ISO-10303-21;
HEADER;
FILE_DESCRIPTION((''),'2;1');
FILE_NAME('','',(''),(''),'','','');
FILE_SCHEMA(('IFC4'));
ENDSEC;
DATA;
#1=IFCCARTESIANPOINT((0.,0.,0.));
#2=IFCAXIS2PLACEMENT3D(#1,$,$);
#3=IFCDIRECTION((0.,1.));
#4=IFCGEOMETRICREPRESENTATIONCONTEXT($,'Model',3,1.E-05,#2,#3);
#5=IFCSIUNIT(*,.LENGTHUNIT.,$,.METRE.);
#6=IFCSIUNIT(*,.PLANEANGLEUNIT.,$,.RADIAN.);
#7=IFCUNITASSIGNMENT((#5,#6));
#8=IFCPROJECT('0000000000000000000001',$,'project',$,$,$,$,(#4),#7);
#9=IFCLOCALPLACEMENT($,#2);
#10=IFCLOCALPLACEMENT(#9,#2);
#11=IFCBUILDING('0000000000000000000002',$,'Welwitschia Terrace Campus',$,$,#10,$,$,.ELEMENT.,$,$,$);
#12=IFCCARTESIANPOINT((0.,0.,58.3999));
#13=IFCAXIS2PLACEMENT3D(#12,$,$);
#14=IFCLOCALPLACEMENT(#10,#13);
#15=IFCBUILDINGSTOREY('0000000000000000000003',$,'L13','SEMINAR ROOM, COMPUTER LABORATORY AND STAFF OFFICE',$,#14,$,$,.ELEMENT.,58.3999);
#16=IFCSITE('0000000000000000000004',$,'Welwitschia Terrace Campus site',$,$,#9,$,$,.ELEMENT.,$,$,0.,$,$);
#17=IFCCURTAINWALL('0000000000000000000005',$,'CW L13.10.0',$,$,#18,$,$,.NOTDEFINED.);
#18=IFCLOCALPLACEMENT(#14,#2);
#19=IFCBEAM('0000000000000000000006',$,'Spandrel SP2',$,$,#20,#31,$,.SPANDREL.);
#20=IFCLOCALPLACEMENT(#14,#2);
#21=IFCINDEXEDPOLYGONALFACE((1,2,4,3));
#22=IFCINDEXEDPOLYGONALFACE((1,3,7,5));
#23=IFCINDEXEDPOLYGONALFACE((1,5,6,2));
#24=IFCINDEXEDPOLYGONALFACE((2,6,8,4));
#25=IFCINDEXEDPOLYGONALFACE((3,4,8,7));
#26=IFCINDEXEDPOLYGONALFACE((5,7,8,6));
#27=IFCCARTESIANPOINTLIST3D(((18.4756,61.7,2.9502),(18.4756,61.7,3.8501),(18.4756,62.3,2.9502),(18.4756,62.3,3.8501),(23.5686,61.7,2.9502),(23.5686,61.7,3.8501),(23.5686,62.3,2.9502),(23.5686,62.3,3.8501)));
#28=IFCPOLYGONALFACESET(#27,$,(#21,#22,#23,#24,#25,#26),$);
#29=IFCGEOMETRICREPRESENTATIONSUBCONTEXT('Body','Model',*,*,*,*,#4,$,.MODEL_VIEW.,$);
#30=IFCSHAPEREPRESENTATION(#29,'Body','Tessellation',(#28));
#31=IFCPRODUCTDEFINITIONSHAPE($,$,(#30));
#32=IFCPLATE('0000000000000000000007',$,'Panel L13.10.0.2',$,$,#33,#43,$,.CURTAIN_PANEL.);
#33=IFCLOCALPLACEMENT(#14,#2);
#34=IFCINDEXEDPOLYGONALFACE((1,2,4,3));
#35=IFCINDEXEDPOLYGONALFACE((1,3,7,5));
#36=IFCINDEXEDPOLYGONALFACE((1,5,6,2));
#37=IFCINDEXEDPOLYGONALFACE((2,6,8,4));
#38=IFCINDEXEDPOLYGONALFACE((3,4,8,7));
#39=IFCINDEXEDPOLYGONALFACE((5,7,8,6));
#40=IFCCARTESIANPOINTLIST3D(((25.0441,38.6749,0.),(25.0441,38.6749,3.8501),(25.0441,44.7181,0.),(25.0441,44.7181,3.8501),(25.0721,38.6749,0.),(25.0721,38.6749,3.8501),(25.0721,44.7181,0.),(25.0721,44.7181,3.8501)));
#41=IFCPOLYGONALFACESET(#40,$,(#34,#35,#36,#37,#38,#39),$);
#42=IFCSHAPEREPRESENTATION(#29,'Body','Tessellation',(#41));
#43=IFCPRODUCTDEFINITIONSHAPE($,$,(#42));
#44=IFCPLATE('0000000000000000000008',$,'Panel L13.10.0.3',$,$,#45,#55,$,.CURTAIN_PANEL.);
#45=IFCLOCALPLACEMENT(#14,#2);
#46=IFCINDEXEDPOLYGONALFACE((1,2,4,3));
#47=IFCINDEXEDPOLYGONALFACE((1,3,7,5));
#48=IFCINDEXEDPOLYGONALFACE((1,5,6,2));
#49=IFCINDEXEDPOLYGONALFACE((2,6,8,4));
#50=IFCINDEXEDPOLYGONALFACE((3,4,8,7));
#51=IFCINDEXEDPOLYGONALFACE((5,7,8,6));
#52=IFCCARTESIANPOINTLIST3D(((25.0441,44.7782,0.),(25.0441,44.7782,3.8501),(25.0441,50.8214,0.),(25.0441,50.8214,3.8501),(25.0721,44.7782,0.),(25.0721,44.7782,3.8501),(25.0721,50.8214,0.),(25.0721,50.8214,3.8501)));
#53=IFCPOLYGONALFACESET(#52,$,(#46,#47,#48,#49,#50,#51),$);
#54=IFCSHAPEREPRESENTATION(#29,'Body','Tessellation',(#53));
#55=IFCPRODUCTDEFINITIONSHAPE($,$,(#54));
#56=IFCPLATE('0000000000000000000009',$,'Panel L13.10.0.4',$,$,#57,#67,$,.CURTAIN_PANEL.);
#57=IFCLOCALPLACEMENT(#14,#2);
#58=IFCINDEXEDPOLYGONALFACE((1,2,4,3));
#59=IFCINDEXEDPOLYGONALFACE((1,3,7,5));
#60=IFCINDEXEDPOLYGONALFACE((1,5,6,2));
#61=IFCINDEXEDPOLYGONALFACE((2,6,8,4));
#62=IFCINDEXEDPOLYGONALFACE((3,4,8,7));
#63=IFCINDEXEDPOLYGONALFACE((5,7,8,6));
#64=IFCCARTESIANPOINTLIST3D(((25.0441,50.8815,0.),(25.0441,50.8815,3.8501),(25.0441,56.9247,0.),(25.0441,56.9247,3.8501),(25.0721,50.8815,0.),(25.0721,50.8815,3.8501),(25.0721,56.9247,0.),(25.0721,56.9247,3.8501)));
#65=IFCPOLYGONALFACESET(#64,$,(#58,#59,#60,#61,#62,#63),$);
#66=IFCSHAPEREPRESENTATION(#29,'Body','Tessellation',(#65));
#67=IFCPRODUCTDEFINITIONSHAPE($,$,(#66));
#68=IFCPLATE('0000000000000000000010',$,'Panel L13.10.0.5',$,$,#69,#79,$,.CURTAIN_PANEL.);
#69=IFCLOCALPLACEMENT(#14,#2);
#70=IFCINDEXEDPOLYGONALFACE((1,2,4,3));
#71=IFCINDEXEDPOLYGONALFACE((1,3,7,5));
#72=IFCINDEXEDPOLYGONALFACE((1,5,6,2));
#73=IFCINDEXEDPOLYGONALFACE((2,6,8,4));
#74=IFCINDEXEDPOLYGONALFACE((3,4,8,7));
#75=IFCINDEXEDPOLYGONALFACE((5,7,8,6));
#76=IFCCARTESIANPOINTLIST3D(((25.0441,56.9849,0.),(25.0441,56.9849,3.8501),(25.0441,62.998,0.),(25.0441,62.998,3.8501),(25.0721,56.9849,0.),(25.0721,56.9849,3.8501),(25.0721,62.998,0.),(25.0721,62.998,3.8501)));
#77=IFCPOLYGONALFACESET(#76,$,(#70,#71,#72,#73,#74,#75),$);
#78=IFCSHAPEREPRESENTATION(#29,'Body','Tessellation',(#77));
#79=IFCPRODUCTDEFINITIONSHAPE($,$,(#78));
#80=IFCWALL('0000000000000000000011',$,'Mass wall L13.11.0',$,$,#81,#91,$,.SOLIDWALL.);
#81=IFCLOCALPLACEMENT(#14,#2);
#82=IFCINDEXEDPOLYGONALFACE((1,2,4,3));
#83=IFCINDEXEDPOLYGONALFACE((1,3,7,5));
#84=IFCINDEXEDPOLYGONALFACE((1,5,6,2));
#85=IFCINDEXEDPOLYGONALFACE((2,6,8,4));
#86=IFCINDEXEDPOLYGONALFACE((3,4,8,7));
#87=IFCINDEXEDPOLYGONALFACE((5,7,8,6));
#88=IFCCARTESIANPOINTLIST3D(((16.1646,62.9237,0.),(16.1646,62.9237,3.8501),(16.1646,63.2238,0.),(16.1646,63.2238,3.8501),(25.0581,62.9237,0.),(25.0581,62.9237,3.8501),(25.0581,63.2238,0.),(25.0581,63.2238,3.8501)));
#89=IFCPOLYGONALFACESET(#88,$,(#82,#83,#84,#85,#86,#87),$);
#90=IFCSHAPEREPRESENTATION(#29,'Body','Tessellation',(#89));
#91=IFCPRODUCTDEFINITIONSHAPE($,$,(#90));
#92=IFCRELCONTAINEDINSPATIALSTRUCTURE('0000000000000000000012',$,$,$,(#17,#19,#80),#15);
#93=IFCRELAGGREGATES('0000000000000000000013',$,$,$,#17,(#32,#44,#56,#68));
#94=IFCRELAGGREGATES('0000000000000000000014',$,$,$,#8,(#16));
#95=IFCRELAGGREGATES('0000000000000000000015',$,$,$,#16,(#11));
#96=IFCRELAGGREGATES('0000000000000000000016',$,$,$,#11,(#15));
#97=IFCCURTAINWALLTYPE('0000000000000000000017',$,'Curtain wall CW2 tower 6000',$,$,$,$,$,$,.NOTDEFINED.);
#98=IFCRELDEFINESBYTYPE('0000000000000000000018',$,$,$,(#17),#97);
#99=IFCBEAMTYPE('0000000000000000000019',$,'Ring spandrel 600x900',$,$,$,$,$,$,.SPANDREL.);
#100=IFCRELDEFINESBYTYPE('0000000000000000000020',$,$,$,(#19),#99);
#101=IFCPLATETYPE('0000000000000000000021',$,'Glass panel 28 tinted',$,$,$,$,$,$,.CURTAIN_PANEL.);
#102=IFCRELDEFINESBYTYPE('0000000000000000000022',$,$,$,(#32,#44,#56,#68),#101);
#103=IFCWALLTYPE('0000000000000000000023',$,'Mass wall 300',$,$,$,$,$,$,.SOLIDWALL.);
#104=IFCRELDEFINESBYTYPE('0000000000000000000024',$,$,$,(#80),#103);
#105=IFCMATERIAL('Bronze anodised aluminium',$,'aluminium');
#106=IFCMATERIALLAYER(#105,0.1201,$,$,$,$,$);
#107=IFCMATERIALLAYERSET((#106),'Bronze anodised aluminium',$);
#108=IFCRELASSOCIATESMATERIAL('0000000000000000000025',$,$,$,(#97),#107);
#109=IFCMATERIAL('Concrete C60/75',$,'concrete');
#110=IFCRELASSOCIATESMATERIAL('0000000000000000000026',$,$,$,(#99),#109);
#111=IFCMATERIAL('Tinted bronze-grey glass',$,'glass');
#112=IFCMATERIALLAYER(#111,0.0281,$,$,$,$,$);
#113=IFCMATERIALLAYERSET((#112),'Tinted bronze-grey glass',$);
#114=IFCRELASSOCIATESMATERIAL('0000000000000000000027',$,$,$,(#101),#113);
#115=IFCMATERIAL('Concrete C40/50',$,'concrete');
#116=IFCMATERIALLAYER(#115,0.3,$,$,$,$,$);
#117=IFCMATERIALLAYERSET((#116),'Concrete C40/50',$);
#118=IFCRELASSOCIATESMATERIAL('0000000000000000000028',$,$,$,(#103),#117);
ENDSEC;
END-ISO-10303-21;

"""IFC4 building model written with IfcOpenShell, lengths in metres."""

from ifc_helpers import new_model, si_unit, direction, frame, frame_2d, origin, origin_2d, place, context, subcontext, project, spatial, rectangle, extrude, material, layer, layer_set, material_profile, profile_set, type_object, element, aggregate, save


model = new_model("IFC4")

# Units and contexts
model_context = context("Model", 3, precision=1e-05, world=origin(), true_north=direction((0.0, 1.0)))
body_context = subcontext(model_context, "Body", "Model", "MODEL_VIEW")
ifc_project = project(units=[si_unit("LENGTHUNIT", "METRE"), si_unit("PLANEANGLEUNIT", "RADIAN")], contexts=[model_context])

# Site, building, storey
site_placement = place(None, origin())
site = spatial("IfcSite", under=ifc_project, at=site_placement, Name="Welwitschia Terrace Campus site", CompositionType="ELEMENT", RefElevation=0.0)
building_placement = place(site_placement, origin())
building = spatial("IfcBuilding", under=site, at=building_placement, Name="Welwitschia Terrace Campus", CompositionType="ELEMENT")
storey_placement = place(building_placement, frame((0.0, 0.0, 58.3999)))
storey = spatial("IfcBuildingStorey", under=building, at=storey_placement, Name="L13", Description="SEMINAR ROOM, COMPUTER LABORATORY AND STAFF OFFICE", CompositionType="ELEMENT", Elevation=58.3999)

# Curtain wall
ifc_material_1 = material(Name="Bronze anodised aluminium", Category="aluminium")
ifc_layer_1 = layer(ifc_material_1, 0.1201)
ifc_layer_set_1 = layer_set([ifc_layer_1], Name="Bronze anodised aluminium")
curtain_wall_type = type_object("IfcCurtainWallType", Name="Curtain wall CW2 tower 6000", PredefinedType="NOTDEFINED", material=ifc_layer_set_1)
curtain_wall_placement = place(storey_placement, origin())
curtain_wall = element("IfcCurtainWall", 1, at=curtain_wall_placement, inside=storey, type_object=curtain_wall_type, Name="CW L13.10.0", PredefinedType="NOTDEFINED")

# Beam
ifc_material_2 = material(Name="Concrete C60/75", Category="concrete")
ifc_material_profile_1 = material_profile(ifc_material_2, rectangle(XDim=0.6001, YDim=0.8999, at=origin_2d()))
ifc_profile_set_1 = profile_set([ifc_material_profile_1], Name="Concrete C60/75")
beam_type_1 = type_object("IfcBeamType", Name="Ring spandrel 600x900", PredefinedType="SPANDREL", material=ifc_profile_set_1)
for number, where, z_axis, x_axis, name in (
    (2, (23.5686, 62.0, 3.4001), (-1.0, 0.0, 0.0), (0.0, -1.0, 0.0), "Spandrel SP2"),
):
    element("IfcBeam", number, at=place(storey_placement, frame(where, z_axis=z_axis, x_axis=x_axis)), inside=storey, type_object=beam_type_1, Name=name, PredefinedType="SPANDREL", context=body_context, shape_type="SweptSolid", body=[
        extrude(rectangle(XDim=0.6001, YDim=0.8999, at=origin_2d()), origin(), (0.0, 0.0, 1.0), 5.093),
    ])

# Plates
ifc_material_3 = material(Name="Tinted bronze-grey glass", Category="glass")
ifc_layer_2 = layer(ifc_material_3, 0.0281)
ifc_layer_set_2 = layer_set([ifc_layer_2], Name="Tinted bronze-grey glass")
plate_type = type_object("IfcPlateType", Name="Glass panel 28 tinted", PredefinedType="CURTAIN_PANEL", material=ifc_layer_set_2)
plate_1_placement = place(storey_placement, frame((25.0581, 41.6965, 0.0), z_axis=(0.0, 0.0, 1.0), x_axis=(0.0, 1.0, 0.0)))
plate_1 = element("IfcPlate", 3, at=plate_1_placement, type_object=plate_type, Name="Panel L13.10.0.2", PredefinedType="CURTAIN_PANEL", context=body_context, shape_type="SweptSolid", body=[
    extrude(rectangle(XDim=6.0432, YDim=0.0281, at=origin_2d()), origin(), (0.0, 0.0, 1.0), 3.8501),
])
plate_2_placement = place(storey_placement, frame((25.0581, 47.7998, 0.0), z_axis=(0.0, 0.0, 1.0), x_axis=(0.0, 1.0, 0.0)))
plate_2 = element("IfcPlate", 4, at=plate_2_placement, type_object=plate_type, Name="Panel L13.10.0.3", PredefinedType="CURTAIN_PANEL", context=body_context, shape_type="SweptSolid", body=[
    extrude(rectangle(XDim=6.0432, YDim=0.0281, at=origin_2d()), origin(), (0.0, 0.0, 1.0), 3.8501),
])
plate_3_placement = place(storey_placement, frame((25.0581, 53.9031, 0.0), z_axis=(0.0, 0.0, 1.0), x_axis=(0.0, 1.0, 0.0)))
plate_3 = element("IfcPlate", 5, at=plate_3_placement, type_object=plate_type, Name="Panel L13.10.0.4", PredefinedType="CURTAIN_PANEL", context=body_context, shape_type="SweptSolid", body=[
    extrude(rectangle(XDim=6.0432, YDim=0.0281, at=origin_2d()), origin(), (0.0, 0.0, 1.0), 3.8501),
])
plate_4_placement = place(storey_placement, frame((25.0581, 59.9915, 0.0), z_axis=(0.0, 0.0, 1.0), x_axis=(0.0, 1.0, 0.0)))
plate_4 = element("IfcPlate", 6, at=plate_4_placement, type_object=plate_type, Name="Panel L13.10.0.5", PredefinedType="CURTAIN_PANEL", context=body_context, shape_type="SweptSolid", body=[
    extrude(rectangle(XDim=6.0132, YDim=0.0281, at=origin_2d()), origin(), (0.0, 0.0, 1.0), 3.8501),
])
aggregate(curtain_wall, [plate_1, plate_2, plate_3, plate_4])

# Wall
ifc_material_4 = material(Name="Concrete C40/50", Category="concrete")
ifc_layer_3 = layer(ifc_material_4, 0.3)
ifc_layer_set_3 = layer_set([ifc_layer_3], Name="Concrete C40/50")
wall_type = type_object("IfcWallType", Name="Mass wall 300", PredefinedType="SOLIDWALL", material=ifc_layer_set_3)
wall_placement = place(storey_placement, frame((25.0581, 63.0737, 0.0), z_axis=(0.0, 0.0, 1.0), x_axis=(-1.0, 0.0, 0.0)))
element("IfcWall", 7, at=wall_placement, inside=storey, type_object=wall_type, Name="Mass wall L13.11.0", PredefinedType="SOLIDWALL", context=body_context, shape_type="SweptSolid", body=[
    extrude(rectangle(XDim=8.8936, YDim=0.3, at=frame_2d((4.4468, 0.0))), origin(), (0.0, 0.0, 1.0), 3.8501),
])

save(model, "model.ifc")
